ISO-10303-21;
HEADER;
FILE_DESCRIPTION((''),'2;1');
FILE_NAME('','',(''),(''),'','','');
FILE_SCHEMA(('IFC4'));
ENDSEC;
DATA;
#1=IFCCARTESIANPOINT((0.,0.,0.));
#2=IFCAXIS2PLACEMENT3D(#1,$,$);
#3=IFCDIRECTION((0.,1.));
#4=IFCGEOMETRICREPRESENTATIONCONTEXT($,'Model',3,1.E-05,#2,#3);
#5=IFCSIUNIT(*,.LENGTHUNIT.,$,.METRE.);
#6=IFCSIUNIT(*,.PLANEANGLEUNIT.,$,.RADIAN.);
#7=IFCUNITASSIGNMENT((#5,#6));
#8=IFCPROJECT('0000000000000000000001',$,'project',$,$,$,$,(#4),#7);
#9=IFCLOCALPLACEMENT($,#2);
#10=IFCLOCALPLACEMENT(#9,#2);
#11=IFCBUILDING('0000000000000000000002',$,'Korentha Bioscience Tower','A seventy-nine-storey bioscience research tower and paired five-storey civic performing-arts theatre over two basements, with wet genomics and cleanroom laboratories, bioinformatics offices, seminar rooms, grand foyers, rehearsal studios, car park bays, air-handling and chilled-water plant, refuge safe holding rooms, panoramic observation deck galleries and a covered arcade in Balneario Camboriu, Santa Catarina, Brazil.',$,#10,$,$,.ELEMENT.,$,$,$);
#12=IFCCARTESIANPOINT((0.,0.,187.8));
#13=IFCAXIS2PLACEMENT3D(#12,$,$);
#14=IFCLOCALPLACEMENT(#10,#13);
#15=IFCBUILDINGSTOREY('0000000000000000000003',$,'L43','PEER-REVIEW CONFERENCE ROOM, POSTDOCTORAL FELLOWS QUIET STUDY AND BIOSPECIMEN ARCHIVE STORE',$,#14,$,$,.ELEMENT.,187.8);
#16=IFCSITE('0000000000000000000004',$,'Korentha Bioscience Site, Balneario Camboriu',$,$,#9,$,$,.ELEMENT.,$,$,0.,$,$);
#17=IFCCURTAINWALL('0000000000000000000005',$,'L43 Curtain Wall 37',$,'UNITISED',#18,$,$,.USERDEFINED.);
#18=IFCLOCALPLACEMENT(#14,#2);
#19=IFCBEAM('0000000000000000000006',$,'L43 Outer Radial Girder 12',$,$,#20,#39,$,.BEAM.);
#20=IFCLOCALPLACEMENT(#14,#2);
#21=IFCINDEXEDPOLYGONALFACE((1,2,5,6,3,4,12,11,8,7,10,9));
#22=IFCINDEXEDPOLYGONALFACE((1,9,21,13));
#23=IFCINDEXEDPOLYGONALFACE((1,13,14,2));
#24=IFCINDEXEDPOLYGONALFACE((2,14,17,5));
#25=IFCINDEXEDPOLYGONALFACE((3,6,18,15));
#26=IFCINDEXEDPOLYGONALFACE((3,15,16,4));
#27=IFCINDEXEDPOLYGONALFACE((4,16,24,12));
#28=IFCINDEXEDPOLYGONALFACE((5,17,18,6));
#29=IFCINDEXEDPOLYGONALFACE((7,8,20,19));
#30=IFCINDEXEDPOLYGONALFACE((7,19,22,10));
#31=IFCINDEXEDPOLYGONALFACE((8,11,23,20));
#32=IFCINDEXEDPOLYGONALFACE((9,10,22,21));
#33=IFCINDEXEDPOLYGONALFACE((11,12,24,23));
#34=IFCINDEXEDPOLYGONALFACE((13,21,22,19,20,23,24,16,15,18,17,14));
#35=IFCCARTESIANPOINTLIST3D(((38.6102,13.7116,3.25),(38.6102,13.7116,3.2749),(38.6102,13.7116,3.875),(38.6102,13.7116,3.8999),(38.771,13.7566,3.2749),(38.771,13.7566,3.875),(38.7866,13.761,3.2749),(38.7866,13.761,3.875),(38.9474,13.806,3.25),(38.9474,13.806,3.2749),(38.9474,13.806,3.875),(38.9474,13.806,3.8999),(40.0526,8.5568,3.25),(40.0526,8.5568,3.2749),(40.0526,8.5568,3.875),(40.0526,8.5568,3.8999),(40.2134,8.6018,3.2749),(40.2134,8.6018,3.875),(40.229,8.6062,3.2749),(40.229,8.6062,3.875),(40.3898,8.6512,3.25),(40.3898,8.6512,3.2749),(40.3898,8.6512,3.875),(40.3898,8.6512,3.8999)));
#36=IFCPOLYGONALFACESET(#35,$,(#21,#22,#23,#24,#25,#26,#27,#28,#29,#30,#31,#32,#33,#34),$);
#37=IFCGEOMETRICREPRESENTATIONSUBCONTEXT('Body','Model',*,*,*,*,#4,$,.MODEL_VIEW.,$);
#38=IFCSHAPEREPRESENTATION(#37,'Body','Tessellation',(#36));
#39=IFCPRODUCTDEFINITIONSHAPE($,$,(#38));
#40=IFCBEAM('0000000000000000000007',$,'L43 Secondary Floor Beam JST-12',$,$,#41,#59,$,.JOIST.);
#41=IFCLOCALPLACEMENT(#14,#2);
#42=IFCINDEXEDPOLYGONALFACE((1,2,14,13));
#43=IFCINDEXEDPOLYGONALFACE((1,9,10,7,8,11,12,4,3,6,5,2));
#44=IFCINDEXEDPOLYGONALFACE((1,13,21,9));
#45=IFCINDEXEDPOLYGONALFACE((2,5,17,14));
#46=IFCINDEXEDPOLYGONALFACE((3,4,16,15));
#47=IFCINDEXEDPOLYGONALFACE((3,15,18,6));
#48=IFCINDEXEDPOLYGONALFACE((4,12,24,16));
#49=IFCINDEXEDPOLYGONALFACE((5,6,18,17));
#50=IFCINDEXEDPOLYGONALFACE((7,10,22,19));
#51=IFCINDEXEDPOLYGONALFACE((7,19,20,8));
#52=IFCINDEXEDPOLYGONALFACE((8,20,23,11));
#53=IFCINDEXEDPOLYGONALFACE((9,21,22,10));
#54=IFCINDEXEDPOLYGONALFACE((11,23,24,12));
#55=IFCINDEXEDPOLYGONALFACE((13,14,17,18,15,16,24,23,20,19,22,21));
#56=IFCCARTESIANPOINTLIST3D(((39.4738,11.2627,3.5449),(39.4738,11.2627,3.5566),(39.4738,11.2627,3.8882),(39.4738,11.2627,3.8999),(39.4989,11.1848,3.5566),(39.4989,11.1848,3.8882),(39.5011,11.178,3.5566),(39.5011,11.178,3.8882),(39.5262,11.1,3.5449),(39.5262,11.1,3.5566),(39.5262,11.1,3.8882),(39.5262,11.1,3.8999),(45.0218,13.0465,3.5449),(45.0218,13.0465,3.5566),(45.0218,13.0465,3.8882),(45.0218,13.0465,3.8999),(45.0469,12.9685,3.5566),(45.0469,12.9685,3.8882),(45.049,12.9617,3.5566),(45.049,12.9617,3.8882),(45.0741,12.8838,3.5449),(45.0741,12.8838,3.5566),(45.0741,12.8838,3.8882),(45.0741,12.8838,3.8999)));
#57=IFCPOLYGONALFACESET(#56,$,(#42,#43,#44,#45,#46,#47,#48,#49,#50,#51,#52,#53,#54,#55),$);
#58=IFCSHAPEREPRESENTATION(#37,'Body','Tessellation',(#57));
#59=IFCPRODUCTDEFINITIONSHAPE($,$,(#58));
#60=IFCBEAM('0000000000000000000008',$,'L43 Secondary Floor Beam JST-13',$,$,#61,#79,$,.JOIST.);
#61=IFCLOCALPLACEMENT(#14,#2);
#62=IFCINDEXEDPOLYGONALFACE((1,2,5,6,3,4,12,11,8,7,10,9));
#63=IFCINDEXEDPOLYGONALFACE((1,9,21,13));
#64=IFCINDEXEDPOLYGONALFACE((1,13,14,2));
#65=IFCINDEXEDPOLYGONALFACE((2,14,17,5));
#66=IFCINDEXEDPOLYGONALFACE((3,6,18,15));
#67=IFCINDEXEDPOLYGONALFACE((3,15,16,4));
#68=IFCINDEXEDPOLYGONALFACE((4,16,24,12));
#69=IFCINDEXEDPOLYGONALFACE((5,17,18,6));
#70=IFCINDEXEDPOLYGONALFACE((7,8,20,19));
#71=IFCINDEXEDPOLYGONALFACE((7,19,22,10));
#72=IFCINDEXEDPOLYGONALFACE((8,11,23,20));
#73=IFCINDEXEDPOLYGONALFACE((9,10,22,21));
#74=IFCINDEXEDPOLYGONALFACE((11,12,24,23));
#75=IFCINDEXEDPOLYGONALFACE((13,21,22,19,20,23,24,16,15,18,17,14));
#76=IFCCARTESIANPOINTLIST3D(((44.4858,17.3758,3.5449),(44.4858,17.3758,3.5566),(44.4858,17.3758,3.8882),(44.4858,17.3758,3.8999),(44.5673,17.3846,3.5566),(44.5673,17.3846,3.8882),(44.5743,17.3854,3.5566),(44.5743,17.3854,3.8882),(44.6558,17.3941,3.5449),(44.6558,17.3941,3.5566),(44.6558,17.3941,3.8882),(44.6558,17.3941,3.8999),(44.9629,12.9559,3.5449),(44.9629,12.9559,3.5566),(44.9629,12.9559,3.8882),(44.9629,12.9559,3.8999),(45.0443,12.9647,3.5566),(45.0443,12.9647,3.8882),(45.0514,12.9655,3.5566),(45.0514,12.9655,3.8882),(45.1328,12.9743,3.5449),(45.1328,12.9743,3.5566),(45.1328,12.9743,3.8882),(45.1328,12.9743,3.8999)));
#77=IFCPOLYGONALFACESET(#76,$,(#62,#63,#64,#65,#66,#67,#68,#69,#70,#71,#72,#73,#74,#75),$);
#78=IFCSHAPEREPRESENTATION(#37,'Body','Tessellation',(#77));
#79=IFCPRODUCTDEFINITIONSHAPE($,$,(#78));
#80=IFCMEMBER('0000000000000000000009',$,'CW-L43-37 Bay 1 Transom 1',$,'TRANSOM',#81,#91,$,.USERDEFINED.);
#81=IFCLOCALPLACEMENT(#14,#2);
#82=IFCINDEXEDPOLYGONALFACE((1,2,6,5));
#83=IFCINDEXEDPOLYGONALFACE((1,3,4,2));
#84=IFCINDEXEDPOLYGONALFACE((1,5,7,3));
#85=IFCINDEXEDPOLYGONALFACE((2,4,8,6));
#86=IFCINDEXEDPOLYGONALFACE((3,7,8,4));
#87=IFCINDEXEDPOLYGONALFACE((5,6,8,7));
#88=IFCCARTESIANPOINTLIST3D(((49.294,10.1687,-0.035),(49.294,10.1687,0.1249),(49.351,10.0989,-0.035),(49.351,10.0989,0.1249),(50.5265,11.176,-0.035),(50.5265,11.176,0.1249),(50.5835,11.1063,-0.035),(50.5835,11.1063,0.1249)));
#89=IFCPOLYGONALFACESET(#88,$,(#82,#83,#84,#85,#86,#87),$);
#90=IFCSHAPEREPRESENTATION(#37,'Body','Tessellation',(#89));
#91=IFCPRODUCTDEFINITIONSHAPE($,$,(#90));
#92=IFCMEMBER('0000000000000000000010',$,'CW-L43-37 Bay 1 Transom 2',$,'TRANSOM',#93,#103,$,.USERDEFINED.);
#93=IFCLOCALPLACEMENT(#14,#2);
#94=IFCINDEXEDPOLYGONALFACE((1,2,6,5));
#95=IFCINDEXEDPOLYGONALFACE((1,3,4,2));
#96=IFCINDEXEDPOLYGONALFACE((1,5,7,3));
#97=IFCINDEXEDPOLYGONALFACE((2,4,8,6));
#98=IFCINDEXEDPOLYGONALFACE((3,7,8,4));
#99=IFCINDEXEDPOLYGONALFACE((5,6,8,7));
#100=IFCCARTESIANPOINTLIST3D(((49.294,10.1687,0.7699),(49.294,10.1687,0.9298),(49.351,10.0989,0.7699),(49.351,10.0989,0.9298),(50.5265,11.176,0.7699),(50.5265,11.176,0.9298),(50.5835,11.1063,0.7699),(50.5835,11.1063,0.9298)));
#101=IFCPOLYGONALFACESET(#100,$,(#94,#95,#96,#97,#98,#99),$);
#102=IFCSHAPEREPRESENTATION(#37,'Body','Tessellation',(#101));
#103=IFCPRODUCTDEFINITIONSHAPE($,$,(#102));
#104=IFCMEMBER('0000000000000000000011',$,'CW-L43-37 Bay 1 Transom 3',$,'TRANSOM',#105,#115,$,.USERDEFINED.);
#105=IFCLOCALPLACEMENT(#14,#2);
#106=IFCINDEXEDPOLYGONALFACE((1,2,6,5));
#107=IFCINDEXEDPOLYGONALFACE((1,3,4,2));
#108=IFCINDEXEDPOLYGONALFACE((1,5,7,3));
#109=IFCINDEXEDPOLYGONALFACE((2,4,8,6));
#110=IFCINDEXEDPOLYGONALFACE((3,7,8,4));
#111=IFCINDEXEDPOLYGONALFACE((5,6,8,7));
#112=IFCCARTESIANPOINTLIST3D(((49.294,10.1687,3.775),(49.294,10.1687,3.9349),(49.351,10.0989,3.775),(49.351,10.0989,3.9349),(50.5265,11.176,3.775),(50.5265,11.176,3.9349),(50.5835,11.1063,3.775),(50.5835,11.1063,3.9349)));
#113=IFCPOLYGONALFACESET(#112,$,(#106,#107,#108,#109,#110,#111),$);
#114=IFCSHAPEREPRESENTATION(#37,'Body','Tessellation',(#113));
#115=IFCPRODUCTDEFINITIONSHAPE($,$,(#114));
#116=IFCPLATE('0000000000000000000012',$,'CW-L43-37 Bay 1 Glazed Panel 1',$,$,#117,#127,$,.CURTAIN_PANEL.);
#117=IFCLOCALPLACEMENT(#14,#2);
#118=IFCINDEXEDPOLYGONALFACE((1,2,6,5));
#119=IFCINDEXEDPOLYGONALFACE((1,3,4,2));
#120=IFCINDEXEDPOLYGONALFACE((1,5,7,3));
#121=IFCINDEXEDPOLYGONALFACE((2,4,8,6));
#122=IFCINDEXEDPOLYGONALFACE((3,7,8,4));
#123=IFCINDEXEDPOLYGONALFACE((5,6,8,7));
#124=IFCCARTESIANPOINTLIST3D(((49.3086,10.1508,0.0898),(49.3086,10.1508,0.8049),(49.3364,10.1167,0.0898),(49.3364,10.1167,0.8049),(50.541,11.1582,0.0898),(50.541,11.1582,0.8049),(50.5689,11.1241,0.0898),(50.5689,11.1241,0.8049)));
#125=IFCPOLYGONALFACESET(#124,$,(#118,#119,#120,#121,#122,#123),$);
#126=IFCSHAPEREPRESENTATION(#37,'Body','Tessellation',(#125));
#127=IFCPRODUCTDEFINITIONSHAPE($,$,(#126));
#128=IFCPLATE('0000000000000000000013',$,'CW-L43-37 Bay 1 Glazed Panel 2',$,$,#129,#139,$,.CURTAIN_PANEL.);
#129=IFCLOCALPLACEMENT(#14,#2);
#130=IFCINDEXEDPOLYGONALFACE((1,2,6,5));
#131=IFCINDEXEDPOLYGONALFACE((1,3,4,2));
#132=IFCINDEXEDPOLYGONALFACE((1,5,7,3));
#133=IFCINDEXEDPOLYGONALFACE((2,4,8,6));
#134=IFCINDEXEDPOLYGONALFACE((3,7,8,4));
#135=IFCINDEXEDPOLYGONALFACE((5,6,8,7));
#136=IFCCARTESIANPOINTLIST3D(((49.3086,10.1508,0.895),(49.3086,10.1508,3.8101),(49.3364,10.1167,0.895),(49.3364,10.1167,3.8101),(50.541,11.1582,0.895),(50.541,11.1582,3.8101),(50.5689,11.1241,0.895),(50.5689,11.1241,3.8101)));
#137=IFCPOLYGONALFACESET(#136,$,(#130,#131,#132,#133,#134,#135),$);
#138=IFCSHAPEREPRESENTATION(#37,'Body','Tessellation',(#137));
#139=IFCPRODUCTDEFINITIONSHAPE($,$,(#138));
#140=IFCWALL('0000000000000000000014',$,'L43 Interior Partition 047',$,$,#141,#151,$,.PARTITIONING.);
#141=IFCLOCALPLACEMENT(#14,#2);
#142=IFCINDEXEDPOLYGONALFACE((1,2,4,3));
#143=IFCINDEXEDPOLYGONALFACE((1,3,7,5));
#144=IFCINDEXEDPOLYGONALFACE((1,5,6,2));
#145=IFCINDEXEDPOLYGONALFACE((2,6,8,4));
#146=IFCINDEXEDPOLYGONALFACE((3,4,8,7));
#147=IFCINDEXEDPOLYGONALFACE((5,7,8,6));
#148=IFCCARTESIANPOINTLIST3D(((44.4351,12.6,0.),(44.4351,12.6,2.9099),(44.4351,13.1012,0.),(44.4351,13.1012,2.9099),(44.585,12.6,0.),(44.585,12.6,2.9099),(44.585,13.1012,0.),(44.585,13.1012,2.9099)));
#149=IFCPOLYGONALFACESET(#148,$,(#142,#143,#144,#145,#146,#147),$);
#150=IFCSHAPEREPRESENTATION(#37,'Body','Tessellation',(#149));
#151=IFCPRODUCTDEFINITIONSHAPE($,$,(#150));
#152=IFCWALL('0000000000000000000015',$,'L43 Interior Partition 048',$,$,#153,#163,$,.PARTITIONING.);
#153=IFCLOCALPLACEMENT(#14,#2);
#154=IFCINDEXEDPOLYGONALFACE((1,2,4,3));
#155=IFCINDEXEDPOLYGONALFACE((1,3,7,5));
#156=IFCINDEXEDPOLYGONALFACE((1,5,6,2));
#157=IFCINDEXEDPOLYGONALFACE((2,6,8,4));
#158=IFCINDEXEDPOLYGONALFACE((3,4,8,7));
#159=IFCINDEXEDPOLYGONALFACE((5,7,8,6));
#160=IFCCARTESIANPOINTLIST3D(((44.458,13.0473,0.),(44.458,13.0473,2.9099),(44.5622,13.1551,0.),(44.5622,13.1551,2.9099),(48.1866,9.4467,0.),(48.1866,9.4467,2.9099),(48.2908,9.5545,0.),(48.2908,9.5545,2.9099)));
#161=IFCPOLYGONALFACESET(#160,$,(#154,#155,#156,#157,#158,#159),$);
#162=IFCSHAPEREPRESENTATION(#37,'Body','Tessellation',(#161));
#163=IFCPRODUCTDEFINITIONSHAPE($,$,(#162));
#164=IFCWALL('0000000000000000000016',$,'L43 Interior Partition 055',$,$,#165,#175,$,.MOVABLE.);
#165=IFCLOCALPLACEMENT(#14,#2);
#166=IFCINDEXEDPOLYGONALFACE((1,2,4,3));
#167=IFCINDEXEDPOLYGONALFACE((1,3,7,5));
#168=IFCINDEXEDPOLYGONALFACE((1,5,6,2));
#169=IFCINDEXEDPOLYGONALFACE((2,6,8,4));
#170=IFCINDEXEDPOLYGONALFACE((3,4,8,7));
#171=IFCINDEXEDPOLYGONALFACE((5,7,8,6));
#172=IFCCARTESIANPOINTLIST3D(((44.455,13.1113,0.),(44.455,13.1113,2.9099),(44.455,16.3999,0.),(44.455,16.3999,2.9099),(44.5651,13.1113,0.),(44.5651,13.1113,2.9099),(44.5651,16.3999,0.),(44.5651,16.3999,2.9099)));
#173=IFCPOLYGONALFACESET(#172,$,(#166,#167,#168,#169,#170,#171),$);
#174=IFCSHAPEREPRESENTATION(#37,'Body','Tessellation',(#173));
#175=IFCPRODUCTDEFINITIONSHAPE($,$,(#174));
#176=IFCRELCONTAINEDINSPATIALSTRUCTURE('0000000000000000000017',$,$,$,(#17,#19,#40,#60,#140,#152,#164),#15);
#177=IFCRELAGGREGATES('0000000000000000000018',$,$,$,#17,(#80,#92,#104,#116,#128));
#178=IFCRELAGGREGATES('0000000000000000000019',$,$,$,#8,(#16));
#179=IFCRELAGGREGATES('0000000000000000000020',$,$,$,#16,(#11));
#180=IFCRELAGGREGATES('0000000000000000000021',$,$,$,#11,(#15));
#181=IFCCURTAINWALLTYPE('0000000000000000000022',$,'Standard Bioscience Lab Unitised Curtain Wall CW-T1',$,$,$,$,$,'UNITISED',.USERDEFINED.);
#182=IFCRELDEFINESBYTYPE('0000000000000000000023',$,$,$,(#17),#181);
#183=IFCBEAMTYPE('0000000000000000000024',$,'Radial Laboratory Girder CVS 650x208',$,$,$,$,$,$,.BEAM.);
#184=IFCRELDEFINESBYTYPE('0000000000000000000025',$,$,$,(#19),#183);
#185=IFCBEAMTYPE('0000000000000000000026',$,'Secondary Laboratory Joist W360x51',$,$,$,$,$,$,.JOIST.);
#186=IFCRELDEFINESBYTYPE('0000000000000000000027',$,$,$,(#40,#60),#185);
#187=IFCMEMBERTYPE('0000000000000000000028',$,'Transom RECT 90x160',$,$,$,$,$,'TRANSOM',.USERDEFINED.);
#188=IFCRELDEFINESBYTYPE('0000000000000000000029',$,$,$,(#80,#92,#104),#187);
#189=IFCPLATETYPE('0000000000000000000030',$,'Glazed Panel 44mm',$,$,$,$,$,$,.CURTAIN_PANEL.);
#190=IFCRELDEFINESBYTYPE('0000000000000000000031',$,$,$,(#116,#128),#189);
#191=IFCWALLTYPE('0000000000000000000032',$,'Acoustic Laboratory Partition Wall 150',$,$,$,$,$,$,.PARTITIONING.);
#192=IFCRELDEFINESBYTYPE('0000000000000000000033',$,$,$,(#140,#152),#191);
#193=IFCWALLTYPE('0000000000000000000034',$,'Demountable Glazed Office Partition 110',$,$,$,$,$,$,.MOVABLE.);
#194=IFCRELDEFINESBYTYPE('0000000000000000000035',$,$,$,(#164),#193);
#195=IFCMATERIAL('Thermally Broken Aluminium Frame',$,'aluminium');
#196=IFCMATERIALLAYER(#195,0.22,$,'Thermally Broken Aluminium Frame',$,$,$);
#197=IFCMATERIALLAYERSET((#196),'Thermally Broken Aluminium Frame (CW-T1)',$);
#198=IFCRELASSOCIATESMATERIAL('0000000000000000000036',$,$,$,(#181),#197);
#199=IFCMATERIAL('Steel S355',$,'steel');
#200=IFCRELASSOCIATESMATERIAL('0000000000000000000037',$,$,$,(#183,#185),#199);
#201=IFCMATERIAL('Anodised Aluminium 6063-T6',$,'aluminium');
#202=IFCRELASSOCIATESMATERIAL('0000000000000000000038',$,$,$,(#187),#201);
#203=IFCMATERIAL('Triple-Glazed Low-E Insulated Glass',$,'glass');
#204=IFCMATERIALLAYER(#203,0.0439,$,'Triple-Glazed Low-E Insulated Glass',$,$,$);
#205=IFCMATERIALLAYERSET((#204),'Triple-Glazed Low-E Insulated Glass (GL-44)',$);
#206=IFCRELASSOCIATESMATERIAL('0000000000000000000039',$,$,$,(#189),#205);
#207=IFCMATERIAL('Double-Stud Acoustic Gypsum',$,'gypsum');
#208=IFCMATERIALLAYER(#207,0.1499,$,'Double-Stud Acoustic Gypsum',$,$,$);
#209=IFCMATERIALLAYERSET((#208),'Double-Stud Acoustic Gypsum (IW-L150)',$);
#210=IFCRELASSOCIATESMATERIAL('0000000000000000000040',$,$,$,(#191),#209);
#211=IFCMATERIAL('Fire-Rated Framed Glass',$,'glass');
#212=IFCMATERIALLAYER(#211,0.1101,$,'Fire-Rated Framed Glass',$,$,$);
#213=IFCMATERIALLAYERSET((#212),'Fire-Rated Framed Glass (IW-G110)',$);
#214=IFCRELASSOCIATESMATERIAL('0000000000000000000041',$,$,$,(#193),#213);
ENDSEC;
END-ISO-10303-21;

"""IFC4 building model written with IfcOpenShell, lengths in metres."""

from ifc_helpers import new_model, si_unit, direction, frame, frame_2d, origin, origin_2d, place, context, subcontext, project, spatial, rectangle, i_section, extrude, material, layer, layer_set, material_profile, profile_set, type_object, element, aggregate, save


model = new_model("IFC4")

# Units and contexts
model_context = context("Model", 3, precision=1e-05, world=origin(), true_north=direction((0.0, 1.0)))
body_context = subcontext(model_context, "Body", "Model", "MODEL_VIEW")
ifc_project = project(units=[si_unit("LENGTHUNIT", "METRE"), si_unit("PLANEANGLEUNIT", "RADIAN")], contexts=[model_context])

# Site, building, storey
site_placement = place(None, origin())
site = spatial("IfcSite", under=ifc_project, at=site_placement, Name="Korentha Bioscience Site, Balneario Camboriu", CompositionType="ELEMENT", RefElevation=0.0)
building_placement = place(site_placement, origin())
building = spatial("IfcBuilding", under=site, at=building_placement, Name="Korentha Bioscience Tower", Description="A seventy-nine-storey bioscience research tower and paired five-storey civic performing-arts theatre over two basements, with wet genomics and cleanroom laboratories, bioinformatics offices, seminar rooms, grand foyers, rehearsal studios, car park bays, air-handling and chilled-water plant, refuge safe holding rooms, panoramic observation deck galleries and a covered arcade in Balneario Camboriu, Santa Catarina, Brazil.", CompositionType="ELEMENT")
storey_placement = place(building_placement, frame((0.0, 0.0, 187.8)))
storey = spatial("IfcBuildingStorey", under=building, at=storey_placement, Name="L43", Description="PEER-REVIEW CONFERENCE ROOM, POSTDOCTORAL FELLOWS QUIET STUDY AND BIOSPECIMEN ARCHIVE STORE", CompositionType="ELEMENT", Elevation=187.8)

# Shared definitions
ifc_material_1 = material(Name="Steel S355", Category="steel")

# Curtain wall
ifc_material_2 = material(Name="Thermally Broken Aluminium Frame", Category="aluminium")
ifc_layer_1 = layer(ifc_material_2, 0.22, Name="Thermally Broken Aluminium Frame")
ifc_layer_set_1 = layer_set([ifc_layer_1], Name="Thermally Broken Aluminium Frame (CW-T1)")
curtain_wall_type = type_object("IfcCurtainWallType", Name="Standard Bioscience Lab Unitised Curtain Wall CW-T1", ElementType="UNITISED", PredefinedType="USERDEFINED", material=ifc_layer_set_1)
curtain_wall_placement = place(storey_placement, origin())
curtain_wall = element("IfcCurtainWall", 1, at=curtain_wall_placement, inside=storey, type_object=curtain_wall_type, Name="L43 Curtain Wall 37", ObjectType="UNITISED", PredefinedType="USERDEFINED")
ifc_material_3 = material(Name="Anodised Aluminium 6063-T6", Category="aluminium")

# Beams
ifc_material_profile_1 = material_profile(ifc_material_1, i_section(OverallWidth=0.3501, OverallDepth=0.6499, WebThickness=0.0161, FlangeThickness=0.0249, at=origin_2d()), Name="Steel S355")
ifc_profile_set_1 = profile_set([ifc_material_profile_1], Name="Steel S355 (RB-650)")
beam_type_1 = type_object("IfcBeamType", Name="Radial Laboratory Girder CVS 650x208", PredefinedType="BEAM", material=ifc_profile_set_1)
beam_1_placement = place(storey_placement, frame((38.7788, 13.7588, 3.575), z_axis=(0.269464, -0.96301, 0.0), x_axis=(0.96301, 0.269464, 0.0)))
element("IfcBeam", 2, at=beam_1_placement, inside=storey, type_object=beam_type_1, Name="L43 Outer Radial Girder 12", PredefinedType="BEAM", context=body_context, shape_type="SweptSolid", body=[
    extrude(i_section(OverallWidth=0.3501, OverallDepth=0.6499, WebThickness=0.0161, FlangeThickness=0.0249, at=origin_2d()), origin(), (0.0, 0.0, 1.0), 5.3528),
])
ifc_material_profile_2 = material_profile(ifc_material_1, i_section(OverallWidth=0.1709, OverallDepth=0.355, WebThickness=0.0071, FlangeThickness=0.0117, at=origin_2d()), Name="Steel S355")
ifc_profile_set_2 = profile_set([ifc_material_profile_2], Name="Steel S355 (JB-360)")
beam_type_2 = type_object("IfcBeamType", Name="Secondary Laboratory Joist W360x51", PredefinedType="JOIST", material=ifc_profile_set_2)
beam_2_placement = place(storey_placement, frame((39.5, 11.1814, 3.7224), z_axis=(0.952006, 0.30608, 0.0), x_axis=(-0.30608, 0.952006, 0.0)))
element("IfcBeam", 3, at=beam_2_placement, inside=storey, type_object=beam_type_2, Name="L43 Secondary Floor Beam JST-12", PredefinedType="JOIST", context=body_context, shape_type="SweptSolid", body=[
    extrude(i_section(OverallWidth=0.1709, OverallDepth=0.355, WebThickness=0.0071, FlangeThickness=0.0117, at=origin_2d()), origin(), (0.0, 0.0, 1.0), 5.8276),
])
beam_3_placement = place(storey_placement, frame((45.0479, 12.9651, 3.7224), z_axis=(-0.107309, 0.994226, 0.0), x_axis=(-0.994226, -0.107309, 0.0)))
element("IfcBeam", 4, at=beam_3_placement, inside=storey, type_object=beam_type_2, Name="L43 Secondary Floor Beam JST-13", PredefinedType="JOIST", context=body_context, shape_type="SweptSolid", body=[
    extrude(i_section(OverallWidth=0.1709, OverallDepth=0.355, WebThickness=0.0071, FlangeThickness=0.0117, at=origin_2d()), origin(), (0.0, 0.0, 1.0), 4.4456),
])

# Members
ifc_material_profile_3 = material_profile(ifc_material_3, rectangle(XDim=0.0901, YDim=0.1599, at=origin_2d()), Name="Anodised Aluminium 6063-T6")
ifc_profile_set_3 = profile_set([ifc_material_profile_3], Name="Anodised Aluminium 6063-T6 (CW-TRN)")
member_type_1 = type_object("IfcMemberType", Name="Transom RECT 90x160", ElementType="TRANSOM", PredefinedType="USERDEFINED", material=ifc_profile_set_3)
member_1_placement = place(storey_placement, frame((49.3225, 10.1338, 0.0449), z_axis=(0.774272, 0.632853, 0.0), x_axis=(-0.632853, 0.774272, 0.0)))
member_1 = element("IfcMember", 5, at=member_1_placement, type_object=member_type_1, Name="CW-L43-37 Bay 1 Transom 1", ObjectType="TRANSOM", PredefinedType="USERDEFINED", context=body_context, shape_type="SweptSolid", body=[
    extrude(rectangle(XDim=0.0901, YDim=0.1599, at=origin_2d()), origin(), (0.0, 0.0, 1.0), 1.5918),
])
member_2_placement = place(storey_placement, frame((49.3225, 10.1338, 0.8499), z_axis=(0.774272, 0.632853, 0.0), x_axis=(-0.632853, 0.774272, 0.0)))
member_2 = element("IfcMember", 6, at=member_2_placement, type_object=member_type_1, Name="CW-L43-37 Bay 1 Transom 2", ObjectType="TRANSOM", PredefinedType="USERDEFINED", context=body_context, shape_type="SweptSolid", body=[
    extrude(rectangle(XDim=0.0901, YDim=0.1599, at=origin_2d()), origin(), (0.0, 0.0, 1.0), 1.5918),
])
member_3_placement = place(storey_placement, frame((49.3225, 10.1338, 3.855), z_axis=(0.774272, 0.632853, 0.0), x_axis=(-0.632853, 0.774272, 0.0)))
member_3 = element("IfcMember", 7, at=member_3_placement, type_object=member_type_1, Name="CW-L43-37 Bay 1 Transom 3", ObjectType="TRANSOM", PredefinedType="USERDEFINED", context=body_context, shape_type="SweptSolid", body=[
    extrude(rectangle(XDim=0.0901, YDim=0.1599, at=origin_2d()), origin(), (0.0, 0.0, 1.0), 1.5918),
])

# Plates
ifc_material_4 = material(Name="Triple-Glazed Low-E Insulated Glass", Category="glass")
ifc_layer_2 = layer(ifc_material_4, 0.0439, Name="Triple-Glazed Low-E Insulated Glass")
ifc_layer_set_2 = layer_set([ifc_layer_2], Name="Triple-Glazed Low-E Insulated Glass (GL-44)")
plate_type = type_object("IfcPlateType", Name="Glazed Panel 44mm", PredefinedType="CURTAIN_PANEL", material=ifc_layer_set_2)
plate_1_placement = place(storey_placement, frame((49.9387, 10.6375, 0.0898), z_axis=(0.0, 0.0, 1.0), x_axis=(0.774256, 0.632872, 0.0)))
plate_1 = element("IfcPlate", 8, at=plate_1_placement, type_object=plate_type, Name="CW-L43-37 Bay 1 Glazed Panel 1", PredefinedType="CURTAIN_PANEL", context=body_context, shape_type="SweptSolid", body=[
    extrude(rectangle(XDim=1.5918, YDim=0.0439, at=origin_2d()), origin(), (0.0, 0.0, 1.0), 0.7151),
])
plate_2_placement = place(storey_placement, frame((49.9387, 10.6375, 0.895), z_axis=(0.0, 0.0, 1.0), x_axis=(0.774256, 0.632872, 0.0)))
plate_2 = element("IfcPlate", 9, at=plate_2_placement, type_object=plate_type, Name="CW-L43-37 Bay 1 Glazed Panel 2", PredefinedType="CURTAIN_PANEL", context=body_context, shape_type="SweptSolid", body=[
    extrude(rectangle(XDim=1.5918, YDim=0.0439, at=origin_2d()), origin(), (0.0, 0.0, 1.0), 2.915),
])
aggregate(curtain_wall, [member_1, member_2, member_3, plate_1, plate_2])

# Walls
ifc_material_5 = material(Name="Double-Stud Acoustic Gypsum", Category="gypsum")
ifc_layer_3 = layer(ifc_material_5, 0.1499, Name="Double-Stud Acoustic Gypsum")
ifc_layer_set_3 = layer_set([ifc_layer_3], Name="Double-Stud Acoustic Gypsum (IW-L150)")
wall_type_1 = type_object("IfcWallType", Name="Acoustic Laboratory Partition Wall 150", PredefinedType="PARTITIONING", material=ifc_layer_set_3)
wall_1_placement = place(storey_placement, frame((44.51, 12.6001, 0.0), z_axis=(0.0, 0.0, 1.0), x_axis=(0.0, 1.0, 0.0)))
element("IfcWall", 10, at=wall_1_placement, inside=storey, type_object=wall_type_1, Name="L43 Interior Partition 047", PredefinedType="PARTITIONING", context=body_context, shape_type="SweptSolid", body=[
    extrude(rectangle(XDim=0.5012, YDim=0.1499, at=frame_2d((0.2505, 0.0))), origin(), (0.0, 0.0, 1.0), 2.9099),
])
wall_2_placement = place(storey_placement, frame((44.51, 13.1013, 0.0), z_axis=(0.0, 0.0, 1.0), x_axis=(0.71934, -0.694658, 0.0)))
element("IfcWall", 11, at=wall_2_placement, inside=storey, type_object=wall_type_1, Name="L43 Interior Partition 048", PredefinedType="PARTITIONING", context=body_context, shape_type="SweptSolid", body=[
    extrude(rectangle(XDim=5.1833, YDim=0.1499, at=frame_2d((2.5918, 0.0))), origin(), (0.0, 0.0, 1.0), 2.9099),
])
ifc_material_6 = material(Name="Fire-Rated Framed Glass", Category="glass")
ifc_layer_4 = layer(ifc_material_6, 0.1101, Name="Fire-Rated Framed Glass")
ifc_layer_set_4 = layer_set([ifc_layer_4], Name="Fire-Rated Framed Glass (IW-G110)")
wall_type_2 = type_object("IfcWallType", Name="Demountable Glazed Office Partition 110", PredefinedType="MOVABLE", material=ifc_layer_set_4)
wall_3_placement = place(storey_placement, frame((44.51, 13.1113, 0.0), z_axis=(0.0, 0.0, 1.0), x_axis=(0.0, 1.0, 0.0)))
element("IfcWall", 12, at=wall_3_placement, inside=storey, type_object=wall_type_2, Name="L43 Interior Partition 055", PredefinedType="MOVABLE", context=body_context, shape_type="SweptSolid", body=[
    extrude(rectangle(XDim=3.2886, YDim=0.1101, at=frame_2d((1.6443, 0.0))), origin(), (0.0, 0.0, 1.0), 2.9099),
])

save(model, "model.ifc")
